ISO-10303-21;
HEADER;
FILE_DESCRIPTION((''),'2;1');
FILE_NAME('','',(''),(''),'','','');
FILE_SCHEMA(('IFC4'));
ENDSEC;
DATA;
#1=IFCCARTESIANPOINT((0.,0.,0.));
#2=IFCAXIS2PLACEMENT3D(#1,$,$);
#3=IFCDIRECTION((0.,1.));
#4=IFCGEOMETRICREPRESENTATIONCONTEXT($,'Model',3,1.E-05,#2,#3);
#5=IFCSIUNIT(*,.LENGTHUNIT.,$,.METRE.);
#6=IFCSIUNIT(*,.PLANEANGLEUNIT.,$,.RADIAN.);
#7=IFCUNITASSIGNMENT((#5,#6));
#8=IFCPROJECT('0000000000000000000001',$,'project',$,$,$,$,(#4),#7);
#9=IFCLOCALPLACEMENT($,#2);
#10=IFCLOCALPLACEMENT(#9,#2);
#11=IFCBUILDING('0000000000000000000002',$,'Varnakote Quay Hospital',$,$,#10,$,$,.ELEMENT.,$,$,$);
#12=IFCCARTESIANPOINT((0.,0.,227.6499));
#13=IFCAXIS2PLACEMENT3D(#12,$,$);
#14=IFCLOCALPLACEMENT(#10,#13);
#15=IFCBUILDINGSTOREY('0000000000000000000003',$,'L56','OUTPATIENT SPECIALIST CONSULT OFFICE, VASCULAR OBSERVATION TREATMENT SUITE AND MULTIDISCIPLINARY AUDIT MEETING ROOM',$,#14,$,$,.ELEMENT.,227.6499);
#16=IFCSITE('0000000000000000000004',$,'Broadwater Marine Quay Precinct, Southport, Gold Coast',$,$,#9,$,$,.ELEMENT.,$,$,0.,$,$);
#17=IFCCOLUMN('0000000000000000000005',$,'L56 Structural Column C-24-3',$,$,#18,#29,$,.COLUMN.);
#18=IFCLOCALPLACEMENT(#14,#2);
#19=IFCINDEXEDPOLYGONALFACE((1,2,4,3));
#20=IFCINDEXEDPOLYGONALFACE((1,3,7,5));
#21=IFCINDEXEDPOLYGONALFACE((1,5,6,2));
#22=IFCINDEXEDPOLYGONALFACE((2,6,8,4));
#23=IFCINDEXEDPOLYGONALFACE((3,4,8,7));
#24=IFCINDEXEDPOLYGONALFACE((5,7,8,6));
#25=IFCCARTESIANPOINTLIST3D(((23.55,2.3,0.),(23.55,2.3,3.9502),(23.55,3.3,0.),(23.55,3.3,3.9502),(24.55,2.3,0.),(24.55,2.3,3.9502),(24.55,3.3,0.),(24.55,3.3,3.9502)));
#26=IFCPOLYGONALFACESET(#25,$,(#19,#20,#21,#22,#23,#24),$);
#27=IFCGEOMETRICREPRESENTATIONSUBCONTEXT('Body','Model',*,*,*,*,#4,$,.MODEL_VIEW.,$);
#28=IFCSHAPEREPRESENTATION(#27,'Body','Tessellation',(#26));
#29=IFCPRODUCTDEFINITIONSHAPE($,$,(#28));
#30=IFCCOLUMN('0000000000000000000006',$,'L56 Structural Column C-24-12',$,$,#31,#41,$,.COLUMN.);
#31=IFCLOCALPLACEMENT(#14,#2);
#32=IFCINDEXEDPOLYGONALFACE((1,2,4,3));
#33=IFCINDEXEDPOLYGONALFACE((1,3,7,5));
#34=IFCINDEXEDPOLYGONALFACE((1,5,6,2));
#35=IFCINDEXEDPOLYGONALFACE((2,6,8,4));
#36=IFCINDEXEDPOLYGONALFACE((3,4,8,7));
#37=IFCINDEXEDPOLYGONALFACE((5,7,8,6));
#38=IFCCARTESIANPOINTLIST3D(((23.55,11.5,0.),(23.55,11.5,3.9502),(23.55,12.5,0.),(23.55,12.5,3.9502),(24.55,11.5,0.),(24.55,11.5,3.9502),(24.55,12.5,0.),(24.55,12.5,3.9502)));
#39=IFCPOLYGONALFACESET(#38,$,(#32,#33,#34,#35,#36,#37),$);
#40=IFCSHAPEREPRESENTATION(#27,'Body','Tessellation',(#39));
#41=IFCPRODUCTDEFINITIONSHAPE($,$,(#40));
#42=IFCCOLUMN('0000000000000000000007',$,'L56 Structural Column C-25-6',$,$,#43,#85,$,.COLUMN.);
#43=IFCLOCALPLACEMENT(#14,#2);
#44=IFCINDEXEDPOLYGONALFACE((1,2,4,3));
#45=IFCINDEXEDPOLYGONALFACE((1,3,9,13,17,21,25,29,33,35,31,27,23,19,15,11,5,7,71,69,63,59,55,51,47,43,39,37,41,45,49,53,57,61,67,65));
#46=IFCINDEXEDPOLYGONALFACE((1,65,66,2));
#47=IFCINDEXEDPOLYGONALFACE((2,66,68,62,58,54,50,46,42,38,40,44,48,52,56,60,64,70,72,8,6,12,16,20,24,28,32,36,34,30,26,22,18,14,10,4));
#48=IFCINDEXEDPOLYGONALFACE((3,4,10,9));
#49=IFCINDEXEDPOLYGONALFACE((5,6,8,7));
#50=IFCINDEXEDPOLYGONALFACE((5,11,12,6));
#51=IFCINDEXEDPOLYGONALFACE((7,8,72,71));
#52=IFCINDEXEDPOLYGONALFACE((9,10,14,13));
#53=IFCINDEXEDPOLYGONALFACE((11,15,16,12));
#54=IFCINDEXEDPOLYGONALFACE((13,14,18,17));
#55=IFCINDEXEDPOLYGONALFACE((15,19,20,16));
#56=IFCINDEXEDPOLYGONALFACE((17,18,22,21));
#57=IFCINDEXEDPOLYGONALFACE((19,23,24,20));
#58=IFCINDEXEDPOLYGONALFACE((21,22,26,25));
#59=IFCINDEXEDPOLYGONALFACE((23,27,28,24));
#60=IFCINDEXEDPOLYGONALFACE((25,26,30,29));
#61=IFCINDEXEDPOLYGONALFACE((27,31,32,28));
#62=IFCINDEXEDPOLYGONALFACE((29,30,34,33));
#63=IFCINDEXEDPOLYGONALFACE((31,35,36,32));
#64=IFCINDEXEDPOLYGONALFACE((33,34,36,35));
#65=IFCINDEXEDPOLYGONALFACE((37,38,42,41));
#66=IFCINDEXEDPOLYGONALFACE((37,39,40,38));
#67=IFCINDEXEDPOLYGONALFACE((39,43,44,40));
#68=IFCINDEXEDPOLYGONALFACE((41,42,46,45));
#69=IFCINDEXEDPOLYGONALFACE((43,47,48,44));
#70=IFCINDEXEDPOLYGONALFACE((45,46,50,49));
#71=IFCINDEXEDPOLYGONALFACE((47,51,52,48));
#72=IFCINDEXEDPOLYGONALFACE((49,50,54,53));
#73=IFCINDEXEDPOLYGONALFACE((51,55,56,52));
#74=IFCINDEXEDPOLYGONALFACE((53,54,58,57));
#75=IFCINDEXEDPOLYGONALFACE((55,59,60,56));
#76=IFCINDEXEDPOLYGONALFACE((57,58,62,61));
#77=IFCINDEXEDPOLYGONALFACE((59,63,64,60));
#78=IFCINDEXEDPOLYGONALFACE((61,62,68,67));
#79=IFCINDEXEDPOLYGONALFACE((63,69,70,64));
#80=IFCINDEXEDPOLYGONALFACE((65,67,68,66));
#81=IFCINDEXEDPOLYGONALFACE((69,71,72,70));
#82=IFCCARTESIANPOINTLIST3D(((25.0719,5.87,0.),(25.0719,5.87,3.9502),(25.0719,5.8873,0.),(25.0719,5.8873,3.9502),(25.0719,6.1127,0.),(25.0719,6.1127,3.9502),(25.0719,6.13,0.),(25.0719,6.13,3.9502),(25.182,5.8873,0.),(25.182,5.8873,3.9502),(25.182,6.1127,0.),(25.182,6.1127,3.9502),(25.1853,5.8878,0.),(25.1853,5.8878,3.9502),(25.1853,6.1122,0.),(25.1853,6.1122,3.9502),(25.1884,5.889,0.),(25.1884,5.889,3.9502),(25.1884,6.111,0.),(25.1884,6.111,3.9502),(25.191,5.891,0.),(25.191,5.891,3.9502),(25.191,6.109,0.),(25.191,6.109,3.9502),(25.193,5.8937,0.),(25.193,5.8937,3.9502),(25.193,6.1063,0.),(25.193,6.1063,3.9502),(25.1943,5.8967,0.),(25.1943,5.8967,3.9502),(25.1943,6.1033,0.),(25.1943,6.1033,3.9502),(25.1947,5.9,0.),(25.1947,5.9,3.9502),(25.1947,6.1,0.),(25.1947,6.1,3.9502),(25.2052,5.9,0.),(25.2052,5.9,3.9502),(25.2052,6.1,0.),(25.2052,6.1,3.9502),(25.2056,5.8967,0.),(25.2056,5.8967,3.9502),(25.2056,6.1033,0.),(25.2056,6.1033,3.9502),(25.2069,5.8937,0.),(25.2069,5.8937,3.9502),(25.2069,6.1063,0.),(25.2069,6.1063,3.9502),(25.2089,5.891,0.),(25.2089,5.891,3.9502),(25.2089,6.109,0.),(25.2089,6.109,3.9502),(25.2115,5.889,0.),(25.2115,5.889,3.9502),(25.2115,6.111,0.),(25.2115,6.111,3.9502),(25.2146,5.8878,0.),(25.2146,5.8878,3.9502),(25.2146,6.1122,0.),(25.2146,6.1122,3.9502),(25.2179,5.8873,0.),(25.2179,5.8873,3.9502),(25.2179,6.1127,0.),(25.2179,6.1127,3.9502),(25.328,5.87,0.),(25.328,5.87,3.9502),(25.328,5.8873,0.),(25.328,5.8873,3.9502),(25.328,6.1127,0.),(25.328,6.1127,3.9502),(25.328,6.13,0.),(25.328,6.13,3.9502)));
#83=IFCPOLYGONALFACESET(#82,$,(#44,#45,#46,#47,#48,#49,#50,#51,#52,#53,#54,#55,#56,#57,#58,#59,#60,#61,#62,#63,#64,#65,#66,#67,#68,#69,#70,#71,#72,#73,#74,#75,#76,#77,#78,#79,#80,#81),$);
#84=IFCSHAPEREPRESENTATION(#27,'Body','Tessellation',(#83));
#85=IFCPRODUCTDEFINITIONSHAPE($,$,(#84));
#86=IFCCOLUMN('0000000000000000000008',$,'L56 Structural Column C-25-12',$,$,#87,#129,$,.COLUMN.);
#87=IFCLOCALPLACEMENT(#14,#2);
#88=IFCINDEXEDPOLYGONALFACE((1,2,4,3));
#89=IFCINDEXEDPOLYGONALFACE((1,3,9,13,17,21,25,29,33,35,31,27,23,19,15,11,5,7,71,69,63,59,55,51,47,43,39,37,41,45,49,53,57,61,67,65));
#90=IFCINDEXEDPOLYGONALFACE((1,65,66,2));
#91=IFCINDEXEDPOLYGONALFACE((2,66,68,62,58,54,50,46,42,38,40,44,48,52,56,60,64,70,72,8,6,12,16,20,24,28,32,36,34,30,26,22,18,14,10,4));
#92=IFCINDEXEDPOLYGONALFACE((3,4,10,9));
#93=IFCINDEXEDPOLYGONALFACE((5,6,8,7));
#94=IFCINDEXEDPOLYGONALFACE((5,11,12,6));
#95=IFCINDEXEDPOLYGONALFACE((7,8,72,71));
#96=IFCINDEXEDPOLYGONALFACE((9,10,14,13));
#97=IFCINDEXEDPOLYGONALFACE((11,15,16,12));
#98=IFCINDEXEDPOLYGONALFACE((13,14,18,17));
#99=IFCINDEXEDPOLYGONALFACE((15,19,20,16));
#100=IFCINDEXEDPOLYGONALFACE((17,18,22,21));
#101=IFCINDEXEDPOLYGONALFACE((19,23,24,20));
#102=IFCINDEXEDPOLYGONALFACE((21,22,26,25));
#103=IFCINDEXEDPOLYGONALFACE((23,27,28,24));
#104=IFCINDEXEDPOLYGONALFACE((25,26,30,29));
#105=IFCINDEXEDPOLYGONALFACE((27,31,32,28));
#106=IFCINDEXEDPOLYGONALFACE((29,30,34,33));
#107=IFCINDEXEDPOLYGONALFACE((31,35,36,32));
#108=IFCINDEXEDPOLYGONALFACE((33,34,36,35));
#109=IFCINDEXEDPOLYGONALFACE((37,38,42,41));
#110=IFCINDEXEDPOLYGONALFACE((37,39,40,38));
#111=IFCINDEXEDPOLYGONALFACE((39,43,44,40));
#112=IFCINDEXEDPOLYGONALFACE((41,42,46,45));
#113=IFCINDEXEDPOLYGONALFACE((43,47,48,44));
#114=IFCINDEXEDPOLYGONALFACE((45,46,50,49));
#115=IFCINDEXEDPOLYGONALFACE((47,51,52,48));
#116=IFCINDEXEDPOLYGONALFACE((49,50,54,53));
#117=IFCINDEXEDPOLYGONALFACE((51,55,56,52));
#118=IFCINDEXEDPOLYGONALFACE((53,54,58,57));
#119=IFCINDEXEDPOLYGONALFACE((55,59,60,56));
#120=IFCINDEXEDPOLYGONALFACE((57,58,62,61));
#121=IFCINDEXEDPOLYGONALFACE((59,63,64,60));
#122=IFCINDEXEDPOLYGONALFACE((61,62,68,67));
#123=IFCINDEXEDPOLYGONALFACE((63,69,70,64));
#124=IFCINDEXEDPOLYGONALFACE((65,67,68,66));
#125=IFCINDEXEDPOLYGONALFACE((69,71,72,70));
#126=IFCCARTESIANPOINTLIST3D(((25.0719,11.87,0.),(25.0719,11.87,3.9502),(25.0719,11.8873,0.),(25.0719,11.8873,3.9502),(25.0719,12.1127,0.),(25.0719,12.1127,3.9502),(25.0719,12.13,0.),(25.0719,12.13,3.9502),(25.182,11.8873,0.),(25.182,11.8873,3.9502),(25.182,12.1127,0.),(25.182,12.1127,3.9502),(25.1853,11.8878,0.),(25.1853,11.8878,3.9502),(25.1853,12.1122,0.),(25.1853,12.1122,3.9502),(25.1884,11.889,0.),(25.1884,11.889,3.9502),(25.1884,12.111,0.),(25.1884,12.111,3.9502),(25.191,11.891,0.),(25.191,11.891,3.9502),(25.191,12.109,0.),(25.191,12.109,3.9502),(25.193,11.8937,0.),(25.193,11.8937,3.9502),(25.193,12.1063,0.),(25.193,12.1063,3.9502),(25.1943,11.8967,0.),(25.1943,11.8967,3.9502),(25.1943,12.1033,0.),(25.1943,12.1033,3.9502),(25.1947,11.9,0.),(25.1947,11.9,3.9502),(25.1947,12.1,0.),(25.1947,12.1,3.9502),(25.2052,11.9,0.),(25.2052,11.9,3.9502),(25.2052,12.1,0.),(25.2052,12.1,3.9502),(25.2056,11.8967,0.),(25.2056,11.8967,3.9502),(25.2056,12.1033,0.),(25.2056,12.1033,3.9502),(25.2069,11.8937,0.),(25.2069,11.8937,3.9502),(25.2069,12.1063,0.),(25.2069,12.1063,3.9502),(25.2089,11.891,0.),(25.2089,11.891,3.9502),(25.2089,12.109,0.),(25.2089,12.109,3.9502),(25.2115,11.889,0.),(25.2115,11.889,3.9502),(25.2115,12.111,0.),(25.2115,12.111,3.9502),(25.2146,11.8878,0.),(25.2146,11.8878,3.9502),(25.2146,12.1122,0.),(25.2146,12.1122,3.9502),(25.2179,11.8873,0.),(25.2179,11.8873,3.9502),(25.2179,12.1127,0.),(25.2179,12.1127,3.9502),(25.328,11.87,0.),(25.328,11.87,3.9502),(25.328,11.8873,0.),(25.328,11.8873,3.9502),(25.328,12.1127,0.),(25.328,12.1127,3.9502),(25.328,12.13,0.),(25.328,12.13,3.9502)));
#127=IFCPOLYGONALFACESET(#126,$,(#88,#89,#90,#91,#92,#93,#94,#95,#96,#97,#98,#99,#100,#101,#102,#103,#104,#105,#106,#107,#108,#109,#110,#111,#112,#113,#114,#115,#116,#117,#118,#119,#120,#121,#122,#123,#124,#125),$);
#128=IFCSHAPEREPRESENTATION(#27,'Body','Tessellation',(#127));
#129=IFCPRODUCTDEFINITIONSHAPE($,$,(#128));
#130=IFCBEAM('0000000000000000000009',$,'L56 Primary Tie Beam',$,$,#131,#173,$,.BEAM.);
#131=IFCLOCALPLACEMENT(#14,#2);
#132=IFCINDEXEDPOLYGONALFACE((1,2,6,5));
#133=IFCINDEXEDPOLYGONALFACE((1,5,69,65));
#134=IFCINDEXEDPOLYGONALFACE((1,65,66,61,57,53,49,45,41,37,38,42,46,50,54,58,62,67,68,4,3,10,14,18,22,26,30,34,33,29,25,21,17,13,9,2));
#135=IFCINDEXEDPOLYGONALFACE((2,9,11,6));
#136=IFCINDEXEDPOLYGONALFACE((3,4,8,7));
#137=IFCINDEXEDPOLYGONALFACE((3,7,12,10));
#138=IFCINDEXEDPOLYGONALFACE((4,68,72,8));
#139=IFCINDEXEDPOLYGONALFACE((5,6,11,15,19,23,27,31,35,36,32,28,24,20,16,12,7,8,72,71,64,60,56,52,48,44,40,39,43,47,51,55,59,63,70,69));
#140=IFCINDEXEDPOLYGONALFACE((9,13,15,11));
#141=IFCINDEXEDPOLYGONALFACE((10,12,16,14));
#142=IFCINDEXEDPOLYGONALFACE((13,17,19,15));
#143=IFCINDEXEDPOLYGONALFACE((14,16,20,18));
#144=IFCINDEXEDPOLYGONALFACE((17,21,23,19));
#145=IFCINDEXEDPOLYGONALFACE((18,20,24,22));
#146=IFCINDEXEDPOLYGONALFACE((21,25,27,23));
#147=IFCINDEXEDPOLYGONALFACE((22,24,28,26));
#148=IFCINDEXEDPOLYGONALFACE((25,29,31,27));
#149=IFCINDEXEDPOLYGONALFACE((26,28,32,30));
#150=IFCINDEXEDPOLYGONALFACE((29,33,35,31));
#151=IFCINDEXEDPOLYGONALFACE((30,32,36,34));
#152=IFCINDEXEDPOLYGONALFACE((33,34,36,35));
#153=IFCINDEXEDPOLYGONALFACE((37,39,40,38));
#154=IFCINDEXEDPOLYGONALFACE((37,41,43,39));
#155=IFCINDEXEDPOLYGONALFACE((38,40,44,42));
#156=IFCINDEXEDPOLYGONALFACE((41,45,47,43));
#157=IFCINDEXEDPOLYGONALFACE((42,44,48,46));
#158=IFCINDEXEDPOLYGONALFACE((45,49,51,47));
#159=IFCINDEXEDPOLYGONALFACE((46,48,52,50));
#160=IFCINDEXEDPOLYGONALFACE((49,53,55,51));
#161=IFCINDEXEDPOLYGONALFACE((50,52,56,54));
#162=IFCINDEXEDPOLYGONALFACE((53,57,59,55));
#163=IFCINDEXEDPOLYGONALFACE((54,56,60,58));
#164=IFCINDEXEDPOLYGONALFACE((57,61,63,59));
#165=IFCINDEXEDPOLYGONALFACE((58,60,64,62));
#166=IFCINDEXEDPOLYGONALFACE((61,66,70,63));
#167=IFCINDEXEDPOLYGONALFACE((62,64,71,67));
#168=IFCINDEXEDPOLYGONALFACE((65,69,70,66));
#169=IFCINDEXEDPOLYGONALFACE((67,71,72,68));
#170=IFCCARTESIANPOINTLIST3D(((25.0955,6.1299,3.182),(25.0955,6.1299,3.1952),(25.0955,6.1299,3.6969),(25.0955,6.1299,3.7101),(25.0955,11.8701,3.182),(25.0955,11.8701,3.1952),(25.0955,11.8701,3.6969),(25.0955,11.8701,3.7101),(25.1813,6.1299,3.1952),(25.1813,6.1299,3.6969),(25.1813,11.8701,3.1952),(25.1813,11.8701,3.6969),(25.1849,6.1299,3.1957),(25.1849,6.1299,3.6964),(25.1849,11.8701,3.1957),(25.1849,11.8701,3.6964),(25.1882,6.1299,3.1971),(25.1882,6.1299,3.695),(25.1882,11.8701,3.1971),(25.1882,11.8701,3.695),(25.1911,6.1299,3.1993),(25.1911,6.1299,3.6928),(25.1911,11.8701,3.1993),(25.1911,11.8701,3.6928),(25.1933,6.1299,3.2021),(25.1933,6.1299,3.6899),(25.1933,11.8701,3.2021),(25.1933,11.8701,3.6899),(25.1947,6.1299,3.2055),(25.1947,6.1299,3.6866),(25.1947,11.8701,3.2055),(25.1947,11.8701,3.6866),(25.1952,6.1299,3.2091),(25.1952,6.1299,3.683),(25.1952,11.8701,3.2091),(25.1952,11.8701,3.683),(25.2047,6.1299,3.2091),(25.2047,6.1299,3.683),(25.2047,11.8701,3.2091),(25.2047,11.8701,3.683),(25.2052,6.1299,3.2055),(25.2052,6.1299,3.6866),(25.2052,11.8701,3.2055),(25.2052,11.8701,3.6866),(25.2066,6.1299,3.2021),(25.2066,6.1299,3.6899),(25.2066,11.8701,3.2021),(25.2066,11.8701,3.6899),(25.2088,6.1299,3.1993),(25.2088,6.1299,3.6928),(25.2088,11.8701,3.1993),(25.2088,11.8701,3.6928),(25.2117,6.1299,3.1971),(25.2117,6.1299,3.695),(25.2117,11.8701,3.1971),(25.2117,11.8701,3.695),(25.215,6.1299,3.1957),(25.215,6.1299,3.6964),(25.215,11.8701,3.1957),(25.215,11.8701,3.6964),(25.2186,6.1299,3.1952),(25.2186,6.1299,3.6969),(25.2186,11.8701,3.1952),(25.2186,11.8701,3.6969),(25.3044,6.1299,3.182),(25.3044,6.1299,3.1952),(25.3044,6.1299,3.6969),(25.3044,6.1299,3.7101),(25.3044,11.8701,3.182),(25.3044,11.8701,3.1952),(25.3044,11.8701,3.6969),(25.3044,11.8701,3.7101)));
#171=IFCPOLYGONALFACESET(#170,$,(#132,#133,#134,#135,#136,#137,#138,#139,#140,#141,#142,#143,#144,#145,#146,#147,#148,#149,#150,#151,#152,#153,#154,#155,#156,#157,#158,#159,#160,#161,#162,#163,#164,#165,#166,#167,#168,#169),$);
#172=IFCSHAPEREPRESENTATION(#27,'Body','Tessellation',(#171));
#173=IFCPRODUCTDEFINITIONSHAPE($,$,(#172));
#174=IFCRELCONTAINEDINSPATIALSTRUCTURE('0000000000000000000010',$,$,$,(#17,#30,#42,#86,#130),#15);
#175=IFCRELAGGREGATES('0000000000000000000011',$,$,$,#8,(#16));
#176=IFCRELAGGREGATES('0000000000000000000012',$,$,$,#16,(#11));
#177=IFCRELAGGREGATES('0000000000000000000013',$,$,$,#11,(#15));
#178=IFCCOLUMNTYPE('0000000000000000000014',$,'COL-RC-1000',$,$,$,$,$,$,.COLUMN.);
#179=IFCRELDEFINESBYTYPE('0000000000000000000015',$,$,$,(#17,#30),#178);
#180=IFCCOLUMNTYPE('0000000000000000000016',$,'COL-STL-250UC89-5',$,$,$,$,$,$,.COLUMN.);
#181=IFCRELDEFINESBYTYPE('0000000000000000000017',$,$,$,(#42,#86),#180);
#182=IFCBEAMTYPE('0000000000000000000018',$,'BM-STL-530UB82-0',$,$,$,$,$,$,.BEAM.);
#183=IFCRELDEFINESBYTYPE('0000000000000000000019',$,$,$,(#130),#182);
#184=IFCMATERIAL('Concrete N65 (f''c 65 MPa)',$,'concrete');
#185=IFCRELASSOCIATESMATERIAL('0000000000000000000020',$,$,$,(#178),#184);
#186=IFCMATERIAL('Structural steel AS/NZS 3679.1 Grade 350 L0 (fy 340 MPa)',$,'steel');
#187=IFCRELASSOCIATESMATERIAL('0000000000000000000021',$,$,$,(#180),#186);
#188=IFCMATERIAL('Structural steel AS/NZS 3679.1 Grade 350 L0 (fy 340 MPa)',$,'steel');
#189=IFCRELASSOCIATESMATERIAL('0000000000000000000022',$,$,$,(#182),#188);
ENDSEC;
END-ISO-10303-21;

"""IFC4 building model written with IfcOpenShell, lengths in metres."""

from ifc_helpers import new_model, si_unit, direction, frame, origin, origin_2d, place, context, subcontext, project, spatial, rectangle, i_section, extrude, material, material_profile, profile_set, type_object, element, save


model = new_model("IFC4")

# Units and contexts
model_context = context("Model", 3, precision=1e-05, world=origin(), true_north=direction((0.0, 1.0)))
body_context = subcontext(model_context, "Body", "Model", "MODEL_VIEW")
ifc_project = project(units=[si_unit("LENGTHUNIT", "METRE"), si_unit("PLANEANGLEUNIT", "RADIAN")], contexts=[model_context])

# Site, building, storey
site_placement = place(None, origin())
site = spatial("IfcSite", under=ifc_project, at=site_placement, Name="Broadwater Marine Quay Precinct, Southport, Gold Coast", CompositionType="ELEMENT", RefElevation=0.0)
building_placement = place(site_placement, origin())
building = spatial("IfcBuilding", under=site, at=building_placement, Name="Varnakote Quay Hospital", CompositionType="ELEMENT")
storey_placement = place(building_placement, frame((0.0, 0.0, 227.6499)))
storey = spatial("IfcBuildingStorey", under=building, at=storey_placement, Name="L56", Description="OUTPATIENT SPECIALIST CONSULT OFFICE, VASCULAR OBSERVATION TREATMENT SUITE AND MULTIDISCIPLINARY AUDIT MEETING ROOM", CompositionType="ELEMENT", Elevation=227.6499)

# Columns
ifc_material_1 = material(Name="Concrete N65 (f'c 65 MPa)", Category="concrete")
ifc_material_profile_1 = material_profile(ifc_material_1, rectangle(XDim=1.0, YDim=1.0, at=origin_2d()), Name="RC-COL-1000x1000")
ifc_profile_set_1 = profile_set([ifc_material_profile_1], Name="Concrete N65 (f'c 65 MPa)")
column_type_1 = type_object("IfcColumnType", Name="COL-RC-1000", PredefinedType="COLUMN", material=ifc_profile_set_1)
for number, where, z_axis, x_axis, name in (
    (1, (24.05, 2.8, 0.0), (0.0, 0.0, 1.0), (1.0, 0.0, 0.0), "L56 Structural Column C-24-3"),
    (2, (24.05, 12.0, 0.0), (0.0, 0.0, 1.0), (1.0, 0.0, 0.0), "L56 Structural Column C-24-12"),
):
    element("IfcColumn", number, at=place(storey_placement, frame(where, z_axis=z_axis, x_axis=x_axis)), inside=storey, type_object=column_type_1, Name=name, PredefinedType="COLUMN", context=body_context, shape_type="SweptSolid", body=[
        extrude(rectangle(XDim=1.0, YDim=1.0, at=origin_2d()), origin(), (0.0, 0.0, 1.0), 3.9502),
    ])
ifc_material_2 = material(Name="Structural steel AS/NZS 3679.1 Grade 350 L0 (fy 340 MPa)", Category="steel")
ifc_material_profile_2 = material_profile(ifc_material_2, i_section(OverallWidth=0.2561, OverallDepth=0.26, WebThickness=0.0105, FlangeThickness=0.0173, FilletRadius=0.0127, at=origin_2d()), Name="250UC89.5")
ifc_profile_set_2 = profile_set([ifc_material_profile_2], Name="Structural steel AS/NZS 3679.1 Grade 350 L0 (fy 340 MPa)")
column_type_2 = type_object("IfcColumnType", Name="COL-STL-250UC89-5", PredefinedType="COLUMN", material=ifc_profile_set_2)
for number, where, z_axis, x_axis, name in (
    (3, (25.2, 6.0, 0.0), (0.0, 0.0, 1.0), (1.0, 0.0, 0.0), "L56 Structural Column C-25-6"),
    (4, (25.2, 12.0, 0.0), (0.0, 0.0, 1.0), (1.0, 0.0, 0.0), "L56 Structural Column C-25-12"),
):
    element("IfcColumn", number, at=place(storey_placement, frame(where, z_axis=z_axis, x_axis=x_axis)), inside=storey, type_object=column_type_2, Name=name, PredefinedType="COLUMN", context=body_context, shape_type="SweptSolid", body=[
        extrude(i_section(OverallWidth=0.2561, OverallDepth=0.26, WebThickness=0.0105, FlangeThickness=0.0173, FilletRadius=0.0127, at=origin_2d()), origin(), (0.0, 0.0, 1.0), 3.9502),
    ])

# Beam
ifc_material_3 = material(Name="Structural steel AS/NZS 3679.1 Grade 350 L0 (fy 340 MPa)", Category="steel")
ifc_material_profile_3 = material_profile(ifc_material_3, i_section(OverallWidth=0.209, OverallDepth=0.5281, WebThickness=0.0095, FlangeThickness=0.0132, FilletRadius=0.0139, at=origin_2d()), Name="530UB82.0")
ifc_profile_set_3 = profile_set([ifc_material_profile_3], Name="Structural steel AS/NZS 3679.1 Grade 350 L0 (fy 340 MPa)")
beam_type_1 = type_object("IfcBeamType", Name="BM-STL-530UB82-0", PredefinedType="BEAM", material=ifc_profile_set_3)
beam_1_placement = place(storey_placement, frame((25.2, 6.1299, 3.446), z_axis=(0.0, 1.0, 0.0), x_axis=(-1.0, 0.0, 0.0)))
element("IfcBeam", 5, at=beam_1_placement, inside=storey, type_object=beam_type_1, Name="L56 Primary Tie Beam", PredefinedType="BEAM", context=body_context, shape_type="SweptSolid", body=[
    extrude(i_section(OverallWidth=0.209, OverallDepth=0.5281, WebThickness=0.0095, FlangeThickness=0.0132, FilletRadius=0.0139, at=origin_2d()), origin(), (0.0, 0.0, 1.0), 5.7402),
])

save(model, "model.ifc")
